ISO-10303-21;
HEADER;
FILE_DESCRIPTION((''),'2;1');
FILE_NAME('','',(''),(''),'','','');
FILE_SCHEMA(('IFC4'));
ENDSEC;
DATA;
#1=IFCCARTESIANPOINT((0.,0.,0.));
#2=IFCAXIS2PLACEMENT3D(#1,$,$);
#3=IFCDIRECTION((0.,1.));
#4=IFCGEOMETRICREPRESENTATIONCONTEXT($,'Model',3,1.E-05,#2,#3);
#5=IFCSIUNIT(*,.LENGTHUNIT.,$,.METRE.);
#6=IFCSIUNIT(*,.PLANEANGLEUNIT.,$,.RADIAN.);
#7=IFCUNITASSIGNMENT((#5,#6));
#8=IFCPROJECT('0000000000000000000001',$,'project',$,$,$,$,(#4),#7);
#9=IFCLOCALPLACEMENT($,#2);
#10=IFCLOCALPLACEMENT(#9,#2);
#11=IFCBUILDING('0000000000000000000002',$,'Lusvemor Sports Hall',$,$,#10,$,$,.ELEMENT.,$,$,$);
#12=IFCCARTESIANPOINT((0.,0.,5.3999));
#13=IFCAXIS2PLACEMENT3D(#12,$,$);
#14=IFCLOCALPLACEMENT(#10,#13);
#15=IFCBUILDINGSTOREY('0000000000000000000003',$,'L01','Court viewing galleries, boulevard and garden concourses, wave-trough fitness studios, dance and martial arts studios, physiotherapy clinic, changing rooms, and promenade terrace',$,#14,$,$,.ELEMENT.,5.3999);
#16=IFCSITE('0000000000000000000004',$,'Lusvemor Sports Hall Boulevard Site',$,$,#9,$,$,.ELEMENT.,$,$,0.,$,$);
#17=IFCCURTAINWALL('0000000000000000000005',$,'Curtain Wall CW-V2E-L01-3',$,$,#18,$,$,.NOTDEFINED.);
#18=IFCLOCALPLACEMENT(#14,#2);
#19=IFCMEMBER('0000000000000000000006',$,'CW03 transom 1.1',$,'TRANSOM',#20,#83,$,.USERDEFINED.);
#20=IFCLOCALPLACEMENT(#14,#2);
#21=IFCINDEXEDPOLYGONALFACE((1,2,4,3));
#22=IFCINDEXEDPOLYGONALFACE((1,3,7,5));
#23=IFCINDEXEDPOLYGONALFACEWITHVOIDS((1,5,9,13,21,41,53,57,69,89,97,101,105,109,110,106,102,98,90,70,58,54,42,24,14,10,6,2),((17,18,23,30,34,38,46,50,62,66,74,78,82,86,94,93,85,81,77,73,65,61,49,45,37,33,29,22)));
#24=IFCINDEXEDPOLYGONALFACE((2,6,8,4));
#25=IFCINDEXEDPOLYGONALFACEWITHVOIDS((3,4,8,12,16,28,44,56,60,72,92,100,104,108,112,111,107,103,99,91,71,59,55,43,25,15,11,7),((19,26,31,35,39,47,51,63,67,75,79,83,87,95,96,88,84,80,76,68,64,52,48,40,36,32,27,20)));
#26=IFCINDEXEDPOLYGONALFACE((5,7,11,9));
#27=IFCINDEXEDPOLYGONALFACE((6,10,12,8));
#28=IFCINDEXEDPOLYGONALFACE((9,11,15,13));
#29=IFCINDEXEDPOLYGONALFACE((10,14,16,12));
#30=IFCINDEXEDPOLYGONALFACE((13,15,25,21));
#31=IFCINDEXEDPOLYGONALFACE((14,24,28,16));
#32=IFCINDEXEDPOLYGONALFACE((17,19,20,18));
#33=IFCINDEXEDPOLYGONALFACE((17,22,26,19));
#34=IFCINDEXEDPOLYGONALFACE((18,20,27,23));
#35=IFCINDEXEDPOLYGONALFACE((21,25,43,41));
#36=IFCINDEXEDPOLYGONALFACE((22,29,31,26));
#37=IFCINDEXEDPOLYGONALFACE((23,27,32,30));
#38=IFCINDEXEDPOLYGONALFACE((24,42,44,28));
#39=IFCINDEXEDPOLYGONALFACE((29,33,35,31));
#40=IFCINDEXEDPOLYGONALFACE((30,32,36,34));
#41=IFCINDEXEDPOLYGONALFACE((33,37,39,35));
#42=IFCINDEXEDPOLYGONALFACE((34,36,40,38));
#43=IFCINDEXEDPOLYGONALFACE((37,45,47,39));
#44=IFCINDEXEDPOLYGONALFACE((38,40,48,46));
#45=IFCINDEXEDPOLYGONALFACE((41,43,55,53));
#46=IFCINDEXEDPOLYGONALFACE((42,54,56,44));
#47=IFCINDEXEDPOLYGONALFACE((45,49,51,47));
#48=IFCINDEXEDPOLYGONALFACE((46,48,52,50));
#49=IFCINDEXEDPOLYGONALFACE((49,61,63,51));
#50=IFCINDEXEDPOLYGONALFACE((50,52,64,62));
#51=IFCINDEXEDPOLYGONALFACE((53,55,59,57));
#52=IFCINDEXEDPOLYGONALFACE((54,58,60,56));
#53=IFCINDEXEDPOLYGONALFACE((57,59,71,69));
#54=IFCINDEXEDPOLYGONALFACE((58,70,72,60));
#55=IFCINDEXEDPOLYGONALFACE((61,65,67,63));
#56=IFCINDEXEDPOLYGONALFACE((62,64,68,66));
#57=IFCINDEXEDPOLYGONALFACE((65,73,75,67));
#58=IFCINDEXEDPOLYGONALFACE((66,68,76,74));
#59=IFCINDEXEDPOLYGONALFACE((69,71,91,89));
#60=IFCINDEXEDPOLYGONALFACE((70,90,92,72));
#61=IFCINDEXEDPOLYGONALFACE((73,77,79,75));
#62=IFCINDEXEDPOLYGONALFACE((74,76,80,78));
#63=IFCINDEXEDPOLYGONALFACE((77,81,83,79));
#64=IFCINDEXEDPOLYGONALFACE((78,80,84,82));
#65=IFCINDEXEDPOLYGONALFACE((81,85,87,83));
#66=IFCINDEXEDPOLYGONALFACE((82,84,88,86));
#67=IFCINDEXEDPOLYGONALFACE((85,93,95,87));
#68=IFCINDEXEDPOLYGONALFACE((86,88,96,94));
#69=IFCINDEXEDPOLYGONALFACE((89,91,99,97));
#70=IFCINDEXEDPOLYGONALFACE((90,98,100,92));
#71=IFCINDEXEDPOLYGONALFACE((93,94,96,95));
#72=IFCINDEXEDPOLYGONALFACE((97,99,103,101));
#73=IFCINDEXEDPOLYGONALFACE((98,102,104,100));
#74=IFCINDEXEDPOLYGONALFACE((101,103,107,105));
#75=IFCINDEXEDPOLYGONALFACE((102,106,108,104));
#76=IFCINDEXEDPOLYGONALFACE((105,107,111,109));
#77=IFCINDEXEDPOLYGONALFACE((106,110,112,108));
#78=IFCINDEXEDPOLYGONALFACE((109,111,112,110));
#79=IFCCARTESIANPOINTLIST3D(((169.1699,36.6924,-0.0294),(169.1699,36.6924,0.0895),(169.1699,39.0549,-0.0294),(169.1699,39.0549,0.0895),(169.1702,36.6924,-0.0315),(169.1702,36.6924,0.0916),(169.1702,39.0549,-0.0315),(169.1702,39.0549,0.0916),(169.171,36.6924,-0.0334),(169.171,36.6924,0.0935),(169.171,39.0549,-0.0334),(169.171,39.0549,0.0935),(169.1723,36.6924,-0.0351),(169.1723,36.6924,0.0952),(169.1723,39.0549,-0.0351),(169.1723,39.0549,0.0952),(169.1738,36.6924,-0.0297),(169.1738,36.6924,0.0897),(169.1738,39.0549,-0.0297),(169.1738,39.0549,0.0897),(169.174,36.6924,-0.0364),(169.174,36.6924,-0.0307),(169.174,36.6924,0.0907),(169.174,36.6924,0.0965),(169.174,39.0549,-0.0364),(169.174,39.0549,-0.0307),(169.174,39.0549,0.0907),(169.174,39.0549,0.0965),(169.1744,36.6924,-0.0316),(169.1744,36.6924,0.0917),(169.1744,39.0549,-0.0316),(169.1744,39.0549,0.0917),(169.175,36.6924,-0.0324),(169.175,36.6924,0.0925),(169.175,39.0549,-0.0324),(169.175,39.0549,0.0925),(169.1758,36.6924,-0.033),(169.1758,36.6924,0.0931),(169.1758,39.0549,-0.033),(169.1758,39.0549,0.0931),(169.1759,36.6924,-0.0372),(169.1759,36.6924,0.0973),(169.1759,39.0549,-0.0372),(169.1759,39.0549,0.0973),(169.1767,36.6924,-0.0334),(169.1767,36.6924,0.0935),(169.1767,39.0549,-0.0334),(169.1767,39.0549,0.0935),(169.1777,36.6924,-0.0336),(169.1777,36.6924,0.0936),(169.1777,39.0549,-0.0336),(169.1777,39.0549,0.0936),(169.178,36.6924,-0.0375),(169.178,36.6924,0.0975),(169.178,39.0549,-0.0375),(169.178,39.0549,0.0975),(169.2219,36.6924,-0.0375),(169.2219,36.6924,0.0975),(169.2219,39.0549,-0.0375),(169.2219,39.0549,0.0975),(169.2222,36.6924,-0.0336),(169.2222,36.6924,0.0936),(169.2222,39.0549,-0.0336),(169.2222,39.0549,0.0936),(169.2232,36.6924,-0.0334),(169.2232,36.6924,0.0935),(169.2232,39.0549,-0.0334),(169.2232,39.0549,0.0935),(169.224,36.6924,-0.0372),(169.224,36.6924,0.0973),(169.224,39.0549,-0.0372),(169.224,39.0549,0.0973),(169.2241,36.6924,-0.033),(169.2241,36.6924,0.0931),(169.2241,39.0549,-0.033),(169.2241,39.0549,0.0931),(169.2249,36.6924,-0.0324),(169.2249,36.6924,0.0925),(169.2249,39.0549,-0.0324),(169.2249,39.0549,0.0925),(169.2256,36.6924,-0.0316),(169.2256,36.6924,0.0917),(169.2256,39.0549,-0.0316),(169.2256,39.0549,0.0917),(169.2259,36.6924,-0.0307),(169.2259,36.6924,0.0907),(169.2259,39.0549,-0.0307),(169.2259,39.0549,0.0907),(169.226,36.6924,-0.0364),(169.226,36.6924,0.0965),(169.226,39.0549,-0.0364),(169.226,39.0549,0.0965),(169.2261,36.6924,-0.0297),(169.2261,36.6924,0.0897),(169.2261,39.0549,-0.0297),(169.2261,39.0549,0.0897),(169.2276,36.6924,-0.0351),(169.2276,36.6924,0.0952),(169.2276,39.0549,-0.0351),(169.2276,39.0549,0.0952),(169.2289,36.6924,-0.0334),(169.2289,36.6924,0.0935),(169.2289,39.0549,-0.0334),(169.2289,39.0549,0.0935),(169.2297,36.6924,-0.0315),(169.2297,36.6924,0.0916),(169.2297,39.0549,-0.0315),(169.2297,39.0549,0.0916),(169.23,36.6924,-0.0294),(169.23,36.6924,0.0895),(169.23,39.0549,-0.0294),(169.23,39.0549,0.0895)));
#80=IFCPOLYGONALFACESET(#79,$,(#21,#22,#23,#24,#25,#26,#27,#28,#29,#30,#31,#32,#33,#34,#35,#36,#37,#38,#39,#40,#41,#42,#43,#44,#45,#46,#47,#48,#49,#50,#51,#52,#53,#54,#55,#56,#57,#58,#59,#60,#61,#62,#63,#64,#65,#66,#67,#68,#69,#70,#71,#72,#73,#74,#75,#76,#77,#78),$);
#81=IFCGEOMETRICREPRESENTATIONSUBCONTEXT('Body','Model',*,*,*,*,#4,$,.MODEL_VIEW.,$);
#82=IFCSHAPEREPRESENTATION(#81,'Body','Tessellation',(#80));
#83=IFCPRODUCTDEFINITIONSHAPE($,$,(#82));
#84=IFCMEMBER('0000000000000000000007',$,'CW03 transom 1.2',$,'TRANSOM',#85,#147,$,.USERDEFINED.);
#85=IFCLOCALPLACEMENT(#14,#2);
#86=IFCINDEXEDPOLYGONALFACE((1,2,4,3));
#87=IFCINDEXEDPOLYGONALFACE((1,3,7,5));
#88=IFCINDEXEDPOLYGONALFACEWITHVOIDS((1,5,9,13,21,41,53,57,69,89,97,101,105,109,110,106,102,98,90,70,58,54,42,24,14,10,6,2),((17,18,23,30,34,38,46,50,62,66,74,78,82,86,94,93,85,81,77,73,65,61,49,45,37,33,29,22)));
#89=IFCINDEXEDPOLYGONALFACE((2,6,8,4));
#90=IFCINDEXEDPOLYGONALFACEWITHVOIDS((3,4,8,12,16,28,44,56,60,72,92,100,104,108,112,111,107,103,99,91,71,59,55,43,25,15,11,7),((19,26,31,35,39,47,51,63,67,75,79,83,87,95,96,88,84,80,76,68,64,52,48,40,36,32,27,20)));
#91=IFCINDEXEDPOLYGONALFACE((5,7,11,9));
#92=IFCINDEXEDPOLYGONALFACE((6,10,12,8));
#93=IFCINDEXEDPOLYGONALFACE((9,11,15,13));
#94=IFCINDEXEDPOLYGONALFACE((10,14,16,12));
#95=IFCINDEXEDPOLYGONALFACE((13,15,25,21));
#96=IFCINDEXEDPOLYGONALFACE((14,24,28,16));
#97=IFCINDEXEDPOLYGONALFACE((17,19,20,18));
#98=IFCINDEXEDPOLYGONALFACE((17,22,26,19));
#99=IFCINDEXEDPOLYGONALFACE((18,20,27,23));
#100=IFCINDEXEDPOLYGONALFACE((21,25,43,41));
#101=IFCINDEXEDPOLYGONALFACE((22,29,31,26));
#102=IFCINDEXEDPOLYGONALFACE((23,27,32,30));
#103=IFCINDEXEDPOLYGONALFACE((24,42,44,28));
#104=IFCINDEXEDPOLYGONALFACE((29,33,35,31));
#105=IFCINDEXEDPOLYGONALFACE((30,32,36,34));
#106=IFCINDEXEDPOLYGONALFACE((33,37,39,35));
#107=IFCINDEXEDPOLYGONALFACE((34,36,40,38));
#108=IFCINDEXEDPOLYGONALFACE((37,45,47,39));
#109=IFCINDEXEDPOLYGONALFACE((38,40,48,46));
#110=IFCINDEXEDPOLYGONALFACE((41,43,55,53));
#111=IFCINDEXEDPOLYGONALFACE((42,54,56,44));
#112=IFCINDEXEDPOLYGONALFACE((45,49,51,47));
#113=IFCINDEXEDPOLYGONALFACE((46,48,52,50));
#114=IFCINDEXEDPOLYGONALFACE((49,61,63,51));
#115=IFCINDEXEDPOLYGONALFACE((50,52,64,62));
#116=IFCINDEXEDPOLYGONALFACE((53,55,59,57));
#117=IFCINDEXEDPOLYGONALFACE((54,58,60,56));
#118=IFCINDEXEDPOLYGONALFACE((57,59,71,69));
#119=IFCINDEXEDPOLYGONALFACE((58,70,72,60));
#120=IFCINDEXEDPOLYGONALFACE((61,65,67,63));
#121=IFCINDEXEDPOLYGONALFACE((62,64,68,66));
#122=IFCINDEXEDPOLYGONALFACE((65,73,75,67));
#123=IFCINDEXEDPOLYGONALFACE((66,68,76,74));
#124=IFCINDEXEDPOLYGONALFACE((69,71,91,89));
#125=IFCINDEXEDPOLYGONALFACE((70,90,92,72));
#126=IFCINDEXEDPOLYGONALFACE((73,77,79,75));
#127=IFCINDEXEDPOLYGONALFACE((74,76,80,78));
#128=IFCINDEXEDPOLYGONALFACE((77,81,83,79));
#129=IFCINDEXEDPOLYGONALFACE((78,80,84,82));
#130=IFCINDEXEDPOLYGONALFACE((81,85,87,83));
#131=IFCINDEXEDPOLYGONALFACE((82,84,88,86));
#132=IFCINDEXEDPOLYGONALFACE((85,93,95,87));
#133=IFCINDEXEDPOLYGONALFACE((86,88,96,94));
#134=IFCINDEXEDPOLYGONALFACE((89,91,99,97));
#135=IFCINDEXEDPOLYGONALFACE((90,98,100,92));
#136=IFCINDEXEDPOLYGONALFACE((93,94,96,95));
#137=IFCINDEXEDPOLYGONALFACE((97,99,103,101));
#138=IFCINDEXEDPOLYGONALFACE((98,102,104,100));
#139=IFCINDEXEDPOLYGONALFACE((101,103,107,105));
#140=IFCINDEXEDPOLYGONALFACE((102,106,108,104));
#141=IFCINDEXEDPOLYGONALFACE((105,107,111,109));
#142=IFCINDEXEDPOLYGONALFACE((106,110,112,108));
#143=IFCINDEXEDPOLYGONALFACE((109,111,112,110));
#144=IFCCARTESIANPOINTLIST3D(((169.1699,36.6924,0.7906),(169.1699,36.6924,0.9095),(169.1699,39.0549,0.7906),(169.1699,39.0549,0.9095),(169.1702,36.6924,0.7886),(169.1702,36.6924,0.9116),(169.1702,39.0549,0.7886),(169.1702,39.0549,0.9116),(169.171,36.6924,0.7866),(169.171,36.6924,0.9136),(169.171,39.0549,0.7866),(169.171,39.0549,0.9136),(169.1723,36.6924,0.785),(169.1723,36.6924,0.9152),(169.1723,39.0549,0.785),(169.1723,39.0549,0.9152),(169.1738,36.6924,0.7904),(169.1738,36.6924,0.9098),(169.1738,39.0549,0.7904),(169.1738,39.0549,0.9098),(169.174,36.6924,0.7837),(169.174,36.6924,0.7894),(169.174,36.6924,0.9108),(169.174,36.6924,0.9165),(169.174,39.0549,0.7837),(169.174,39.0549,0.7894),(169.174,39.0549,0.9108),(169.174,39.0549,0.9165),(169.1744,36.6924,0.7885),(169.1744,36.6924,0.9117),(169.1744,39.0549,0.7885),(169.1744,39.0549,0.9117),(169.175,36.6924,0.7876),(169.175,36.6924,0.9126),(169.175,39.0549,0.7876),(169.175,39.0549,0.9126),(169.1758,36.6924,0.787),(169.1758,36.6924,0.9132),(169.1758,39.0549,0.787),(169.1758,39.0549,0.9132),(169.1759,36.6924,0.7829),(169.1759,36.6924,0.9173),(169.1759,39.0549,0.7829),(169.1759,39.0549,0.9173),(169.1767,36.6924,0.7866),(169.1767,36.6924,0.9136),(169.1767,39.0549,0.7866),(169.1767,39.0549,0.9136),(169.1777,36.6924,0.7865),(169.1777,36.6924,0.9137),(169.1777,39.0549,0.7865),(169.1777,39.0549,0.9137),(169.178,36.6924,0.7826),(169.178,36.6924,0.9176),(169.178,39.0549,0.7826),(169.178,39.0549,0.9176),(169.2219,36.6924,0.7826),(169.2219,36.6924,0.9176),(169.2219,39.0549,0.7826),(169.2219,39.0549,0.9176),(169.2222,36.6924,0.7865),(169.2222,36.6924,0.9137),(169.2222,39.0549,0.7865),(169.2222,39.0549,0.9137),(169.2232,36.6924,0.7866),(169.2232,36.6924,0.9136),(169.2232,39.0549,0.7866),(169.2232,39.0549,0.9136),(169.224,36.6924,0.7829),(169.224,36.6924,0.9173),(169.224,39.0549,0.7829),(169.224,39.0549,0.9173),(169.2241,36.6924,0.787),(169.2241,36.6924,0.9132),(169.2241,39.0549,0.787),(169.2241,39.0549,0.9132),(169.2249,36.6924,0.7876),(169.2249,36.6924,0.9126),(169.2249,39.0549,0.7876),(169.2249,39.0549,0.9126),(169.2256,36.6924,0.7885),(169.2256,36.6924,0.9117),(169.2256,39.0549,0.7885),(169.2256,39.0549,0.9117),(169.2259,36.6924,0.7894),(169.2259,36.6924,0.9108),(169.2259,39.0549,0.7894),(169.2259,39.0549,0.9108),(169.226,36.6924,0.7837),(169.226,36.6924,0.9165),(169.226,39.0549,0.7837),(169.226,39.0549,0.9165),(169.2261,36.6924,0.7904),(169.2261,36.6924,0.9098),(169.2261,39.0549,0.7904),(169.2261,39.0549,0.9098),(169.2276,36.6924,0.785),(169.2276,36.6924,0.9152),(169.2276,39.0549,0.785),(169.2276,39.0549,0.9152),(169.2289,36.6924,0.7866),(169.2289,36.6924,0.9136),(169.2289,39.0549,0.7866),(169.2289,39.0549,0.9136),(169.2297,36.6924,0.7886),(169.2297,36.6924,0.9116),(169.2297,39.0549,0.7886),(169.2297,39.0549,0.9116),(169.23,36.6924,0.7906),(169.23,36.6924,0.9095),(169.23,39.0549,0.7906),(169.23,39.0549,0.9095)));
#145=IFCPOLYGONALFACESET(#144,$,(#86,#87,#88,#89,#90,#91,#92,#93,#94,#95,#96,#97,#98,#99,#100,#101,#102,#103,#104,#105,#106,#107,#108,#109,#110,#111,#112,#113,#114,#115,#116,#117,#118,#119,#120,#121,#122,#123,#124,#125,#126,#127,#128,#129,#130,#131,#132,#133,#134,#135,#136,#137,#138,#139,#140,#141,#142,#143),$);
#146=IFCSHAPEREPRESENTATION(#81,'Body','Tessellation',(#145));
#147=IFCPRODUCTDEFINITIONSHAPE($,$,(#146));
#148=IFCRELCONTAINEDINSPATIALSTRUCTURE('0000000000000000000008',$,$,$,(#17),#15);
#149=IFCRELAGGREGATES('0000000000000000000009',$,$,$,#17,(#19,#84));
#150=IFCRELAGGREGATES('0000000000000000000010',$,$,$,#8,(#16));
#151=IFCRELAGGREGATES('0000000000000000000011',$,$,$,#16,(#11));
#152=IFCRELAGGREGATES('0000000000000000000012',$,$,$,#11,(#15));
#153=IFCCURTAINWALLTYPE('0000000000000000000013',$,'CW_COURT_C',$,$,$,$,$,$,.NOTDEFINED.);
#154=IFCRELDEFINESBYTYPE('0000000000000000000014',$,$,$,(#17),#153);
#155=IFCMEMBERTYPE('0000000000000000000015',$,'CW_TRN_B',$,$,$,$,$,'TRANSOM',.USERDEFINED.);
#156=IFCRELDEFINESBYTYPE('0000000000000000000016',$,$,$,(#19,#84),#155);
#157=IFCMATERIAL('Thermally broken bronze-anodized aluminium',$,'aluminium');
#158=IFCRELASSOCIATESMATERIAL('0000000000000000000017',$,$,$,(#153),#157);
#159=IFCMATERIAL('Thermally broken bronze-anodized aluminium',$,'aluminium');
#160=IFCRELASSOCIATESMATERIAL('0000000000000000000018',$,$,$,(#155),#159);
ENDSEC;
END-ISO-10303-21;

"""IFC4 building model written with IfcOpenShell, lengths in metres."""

from ifc_helpers import new_model, si_unit, direction, frame, origin, origin_2d, place, context, subcontext, project, spatial, hollow_rectangle, extrude, material, material_profile, profile_set, type_object, element, aggregate, save


model = new_model("IFC4")

# Units and contexts
model_context = context("Model", 3, precision=1e-05, world=origin(), true_north=direction((0.0, 1.0)))
body_context = subcontext(model_context, "Body", "Model", "MODEL_VIEW")
ifc_project = project(units=[si_unit("LENGTHUNIT", "METRE"), si_unit("PLANEANGLEUNIT", "RADIAN")], contexts=[model_context])

# Site, building, storey
site_placement = place(None, origin())
site = spatial("IfcSite", under=ifc_project, at=site_placement, Name="Lusvemor Sports Hall Boulevard Site", CompositionType="ELEMENT", RefElevation=0.0)
building_placement = place(site_placement, origin())
building = spatial("IfcBuilding", under=site, at=building_placement, Name="Lusvemor Sports Hall", CompositionType="ELEMENT")
storey_placement = place(building_placement, frame((0.0, 0.0, 5.3999)))
storey = spatial("IfcBuildingStorey", under=building, at=storey_placement, Name="L01", Description="Court viewing galleries, boulevard and garden concourses, wave-trough fitness studios, dance and martial arts studios, physiotherapy clinic, changing rooms, and promenade terrace", CompositionType="ELEMENT", Elevation=5.3999)

# Curtain wall
ifc_material_1 = material(Name="Thermally broken bronze-anodized aluminium", Category="aluminium")
curtain_wall_type_1 = type_object("IfcCurtainWallType", Name="CW_COURT_C", PredefinedType="NOTDEFINED", material=ifc_material_1)
curtain_wall_1_placement = place(storey_placement, origin())
curtain_wall_1 = element("IfcCurtainWall", 1, at=curtain_wall_1_placement, inside=storey, type_object=curtain_wall_type_1, Name="Curtain Wall CW-V2E-L01-3", PredefinedType="NOTDEFINED")

# Members
ifc_material_2 = material(Name="Thermally broken bronze-anodized aluminium", Category="aluminium")
ifc_material_profile_1 = material_profile(ifc_material_2, hollow_rectangle(XDim=0.0601, YDim=0.135, WallThickness=0.0039, InnerFilletRadius=0.0039, OuterFilletRadius=0.0081, at=origin_2d()), Name="CWTRN135x60x4")
ifc_profile_set_1 = profile_set([ifc_material_profile_1], Name="Thermally broken bronze-anodized aluminium")
member_type_1 = type_object("IfcMemberType", Name="CW_TRN_B", ElementType="TRANSOM", PredefinedType="USERDEFINED", material=ifc_profile_set_1)
member_1_placement = place(storey_placement, frame((169.2, 39.0549, 0.03), z_axis=(0.0, -1.0, 0.0), x_axis=(1.0, 0.0, 0.0)))
member_1 = element("IfcMember", 2, at=member_1_placement, type_object=member_type_1, Name="CW03 transom 1.1", ObjectType="TRANSOM", PredefinedType="USERDEFINED", context=body_context, shape_type="SweptSolid", body=[
    extrude(hollow_rectangle(XDim=0.0601, YDim=0.135, WallThickness=0.0039, InnerFilletRadius=0.0039, OuterFilletRadius=0.0081, at=origin_2d()), origin(), (0.0, 0.0, 1.0), 2.3625),
])
member_2_placement = place(storey_placement, frame((169.2, 39.0549, 0.8501), z_axis=(0.0, -1.0, 0.0), x_axis=(1.0, 0.0, 0.0)))
member_2 = element("IfcMember", 3, at=member_2_placement, type_object=member_type_1, Name="CW03 transom 1.2", ObjectType="TRANSOM", PredefinedType="USERDEFINED", context=body_context, shape_type="SweptSolid", body=[
    extrude(hollow_rectangle(XDim=0.0601, YDim=0.135, WallThickness=0.0039, InnerFilletRadius=0.0039, OuterFilletRadius=0.0081, at=origin_2d()), origin(), (0.0, 0.0, 1.0), 2.3625),
])

aggregate(curtain_wall_1, [member_1, member_2])

save(model, "model.ifc")
